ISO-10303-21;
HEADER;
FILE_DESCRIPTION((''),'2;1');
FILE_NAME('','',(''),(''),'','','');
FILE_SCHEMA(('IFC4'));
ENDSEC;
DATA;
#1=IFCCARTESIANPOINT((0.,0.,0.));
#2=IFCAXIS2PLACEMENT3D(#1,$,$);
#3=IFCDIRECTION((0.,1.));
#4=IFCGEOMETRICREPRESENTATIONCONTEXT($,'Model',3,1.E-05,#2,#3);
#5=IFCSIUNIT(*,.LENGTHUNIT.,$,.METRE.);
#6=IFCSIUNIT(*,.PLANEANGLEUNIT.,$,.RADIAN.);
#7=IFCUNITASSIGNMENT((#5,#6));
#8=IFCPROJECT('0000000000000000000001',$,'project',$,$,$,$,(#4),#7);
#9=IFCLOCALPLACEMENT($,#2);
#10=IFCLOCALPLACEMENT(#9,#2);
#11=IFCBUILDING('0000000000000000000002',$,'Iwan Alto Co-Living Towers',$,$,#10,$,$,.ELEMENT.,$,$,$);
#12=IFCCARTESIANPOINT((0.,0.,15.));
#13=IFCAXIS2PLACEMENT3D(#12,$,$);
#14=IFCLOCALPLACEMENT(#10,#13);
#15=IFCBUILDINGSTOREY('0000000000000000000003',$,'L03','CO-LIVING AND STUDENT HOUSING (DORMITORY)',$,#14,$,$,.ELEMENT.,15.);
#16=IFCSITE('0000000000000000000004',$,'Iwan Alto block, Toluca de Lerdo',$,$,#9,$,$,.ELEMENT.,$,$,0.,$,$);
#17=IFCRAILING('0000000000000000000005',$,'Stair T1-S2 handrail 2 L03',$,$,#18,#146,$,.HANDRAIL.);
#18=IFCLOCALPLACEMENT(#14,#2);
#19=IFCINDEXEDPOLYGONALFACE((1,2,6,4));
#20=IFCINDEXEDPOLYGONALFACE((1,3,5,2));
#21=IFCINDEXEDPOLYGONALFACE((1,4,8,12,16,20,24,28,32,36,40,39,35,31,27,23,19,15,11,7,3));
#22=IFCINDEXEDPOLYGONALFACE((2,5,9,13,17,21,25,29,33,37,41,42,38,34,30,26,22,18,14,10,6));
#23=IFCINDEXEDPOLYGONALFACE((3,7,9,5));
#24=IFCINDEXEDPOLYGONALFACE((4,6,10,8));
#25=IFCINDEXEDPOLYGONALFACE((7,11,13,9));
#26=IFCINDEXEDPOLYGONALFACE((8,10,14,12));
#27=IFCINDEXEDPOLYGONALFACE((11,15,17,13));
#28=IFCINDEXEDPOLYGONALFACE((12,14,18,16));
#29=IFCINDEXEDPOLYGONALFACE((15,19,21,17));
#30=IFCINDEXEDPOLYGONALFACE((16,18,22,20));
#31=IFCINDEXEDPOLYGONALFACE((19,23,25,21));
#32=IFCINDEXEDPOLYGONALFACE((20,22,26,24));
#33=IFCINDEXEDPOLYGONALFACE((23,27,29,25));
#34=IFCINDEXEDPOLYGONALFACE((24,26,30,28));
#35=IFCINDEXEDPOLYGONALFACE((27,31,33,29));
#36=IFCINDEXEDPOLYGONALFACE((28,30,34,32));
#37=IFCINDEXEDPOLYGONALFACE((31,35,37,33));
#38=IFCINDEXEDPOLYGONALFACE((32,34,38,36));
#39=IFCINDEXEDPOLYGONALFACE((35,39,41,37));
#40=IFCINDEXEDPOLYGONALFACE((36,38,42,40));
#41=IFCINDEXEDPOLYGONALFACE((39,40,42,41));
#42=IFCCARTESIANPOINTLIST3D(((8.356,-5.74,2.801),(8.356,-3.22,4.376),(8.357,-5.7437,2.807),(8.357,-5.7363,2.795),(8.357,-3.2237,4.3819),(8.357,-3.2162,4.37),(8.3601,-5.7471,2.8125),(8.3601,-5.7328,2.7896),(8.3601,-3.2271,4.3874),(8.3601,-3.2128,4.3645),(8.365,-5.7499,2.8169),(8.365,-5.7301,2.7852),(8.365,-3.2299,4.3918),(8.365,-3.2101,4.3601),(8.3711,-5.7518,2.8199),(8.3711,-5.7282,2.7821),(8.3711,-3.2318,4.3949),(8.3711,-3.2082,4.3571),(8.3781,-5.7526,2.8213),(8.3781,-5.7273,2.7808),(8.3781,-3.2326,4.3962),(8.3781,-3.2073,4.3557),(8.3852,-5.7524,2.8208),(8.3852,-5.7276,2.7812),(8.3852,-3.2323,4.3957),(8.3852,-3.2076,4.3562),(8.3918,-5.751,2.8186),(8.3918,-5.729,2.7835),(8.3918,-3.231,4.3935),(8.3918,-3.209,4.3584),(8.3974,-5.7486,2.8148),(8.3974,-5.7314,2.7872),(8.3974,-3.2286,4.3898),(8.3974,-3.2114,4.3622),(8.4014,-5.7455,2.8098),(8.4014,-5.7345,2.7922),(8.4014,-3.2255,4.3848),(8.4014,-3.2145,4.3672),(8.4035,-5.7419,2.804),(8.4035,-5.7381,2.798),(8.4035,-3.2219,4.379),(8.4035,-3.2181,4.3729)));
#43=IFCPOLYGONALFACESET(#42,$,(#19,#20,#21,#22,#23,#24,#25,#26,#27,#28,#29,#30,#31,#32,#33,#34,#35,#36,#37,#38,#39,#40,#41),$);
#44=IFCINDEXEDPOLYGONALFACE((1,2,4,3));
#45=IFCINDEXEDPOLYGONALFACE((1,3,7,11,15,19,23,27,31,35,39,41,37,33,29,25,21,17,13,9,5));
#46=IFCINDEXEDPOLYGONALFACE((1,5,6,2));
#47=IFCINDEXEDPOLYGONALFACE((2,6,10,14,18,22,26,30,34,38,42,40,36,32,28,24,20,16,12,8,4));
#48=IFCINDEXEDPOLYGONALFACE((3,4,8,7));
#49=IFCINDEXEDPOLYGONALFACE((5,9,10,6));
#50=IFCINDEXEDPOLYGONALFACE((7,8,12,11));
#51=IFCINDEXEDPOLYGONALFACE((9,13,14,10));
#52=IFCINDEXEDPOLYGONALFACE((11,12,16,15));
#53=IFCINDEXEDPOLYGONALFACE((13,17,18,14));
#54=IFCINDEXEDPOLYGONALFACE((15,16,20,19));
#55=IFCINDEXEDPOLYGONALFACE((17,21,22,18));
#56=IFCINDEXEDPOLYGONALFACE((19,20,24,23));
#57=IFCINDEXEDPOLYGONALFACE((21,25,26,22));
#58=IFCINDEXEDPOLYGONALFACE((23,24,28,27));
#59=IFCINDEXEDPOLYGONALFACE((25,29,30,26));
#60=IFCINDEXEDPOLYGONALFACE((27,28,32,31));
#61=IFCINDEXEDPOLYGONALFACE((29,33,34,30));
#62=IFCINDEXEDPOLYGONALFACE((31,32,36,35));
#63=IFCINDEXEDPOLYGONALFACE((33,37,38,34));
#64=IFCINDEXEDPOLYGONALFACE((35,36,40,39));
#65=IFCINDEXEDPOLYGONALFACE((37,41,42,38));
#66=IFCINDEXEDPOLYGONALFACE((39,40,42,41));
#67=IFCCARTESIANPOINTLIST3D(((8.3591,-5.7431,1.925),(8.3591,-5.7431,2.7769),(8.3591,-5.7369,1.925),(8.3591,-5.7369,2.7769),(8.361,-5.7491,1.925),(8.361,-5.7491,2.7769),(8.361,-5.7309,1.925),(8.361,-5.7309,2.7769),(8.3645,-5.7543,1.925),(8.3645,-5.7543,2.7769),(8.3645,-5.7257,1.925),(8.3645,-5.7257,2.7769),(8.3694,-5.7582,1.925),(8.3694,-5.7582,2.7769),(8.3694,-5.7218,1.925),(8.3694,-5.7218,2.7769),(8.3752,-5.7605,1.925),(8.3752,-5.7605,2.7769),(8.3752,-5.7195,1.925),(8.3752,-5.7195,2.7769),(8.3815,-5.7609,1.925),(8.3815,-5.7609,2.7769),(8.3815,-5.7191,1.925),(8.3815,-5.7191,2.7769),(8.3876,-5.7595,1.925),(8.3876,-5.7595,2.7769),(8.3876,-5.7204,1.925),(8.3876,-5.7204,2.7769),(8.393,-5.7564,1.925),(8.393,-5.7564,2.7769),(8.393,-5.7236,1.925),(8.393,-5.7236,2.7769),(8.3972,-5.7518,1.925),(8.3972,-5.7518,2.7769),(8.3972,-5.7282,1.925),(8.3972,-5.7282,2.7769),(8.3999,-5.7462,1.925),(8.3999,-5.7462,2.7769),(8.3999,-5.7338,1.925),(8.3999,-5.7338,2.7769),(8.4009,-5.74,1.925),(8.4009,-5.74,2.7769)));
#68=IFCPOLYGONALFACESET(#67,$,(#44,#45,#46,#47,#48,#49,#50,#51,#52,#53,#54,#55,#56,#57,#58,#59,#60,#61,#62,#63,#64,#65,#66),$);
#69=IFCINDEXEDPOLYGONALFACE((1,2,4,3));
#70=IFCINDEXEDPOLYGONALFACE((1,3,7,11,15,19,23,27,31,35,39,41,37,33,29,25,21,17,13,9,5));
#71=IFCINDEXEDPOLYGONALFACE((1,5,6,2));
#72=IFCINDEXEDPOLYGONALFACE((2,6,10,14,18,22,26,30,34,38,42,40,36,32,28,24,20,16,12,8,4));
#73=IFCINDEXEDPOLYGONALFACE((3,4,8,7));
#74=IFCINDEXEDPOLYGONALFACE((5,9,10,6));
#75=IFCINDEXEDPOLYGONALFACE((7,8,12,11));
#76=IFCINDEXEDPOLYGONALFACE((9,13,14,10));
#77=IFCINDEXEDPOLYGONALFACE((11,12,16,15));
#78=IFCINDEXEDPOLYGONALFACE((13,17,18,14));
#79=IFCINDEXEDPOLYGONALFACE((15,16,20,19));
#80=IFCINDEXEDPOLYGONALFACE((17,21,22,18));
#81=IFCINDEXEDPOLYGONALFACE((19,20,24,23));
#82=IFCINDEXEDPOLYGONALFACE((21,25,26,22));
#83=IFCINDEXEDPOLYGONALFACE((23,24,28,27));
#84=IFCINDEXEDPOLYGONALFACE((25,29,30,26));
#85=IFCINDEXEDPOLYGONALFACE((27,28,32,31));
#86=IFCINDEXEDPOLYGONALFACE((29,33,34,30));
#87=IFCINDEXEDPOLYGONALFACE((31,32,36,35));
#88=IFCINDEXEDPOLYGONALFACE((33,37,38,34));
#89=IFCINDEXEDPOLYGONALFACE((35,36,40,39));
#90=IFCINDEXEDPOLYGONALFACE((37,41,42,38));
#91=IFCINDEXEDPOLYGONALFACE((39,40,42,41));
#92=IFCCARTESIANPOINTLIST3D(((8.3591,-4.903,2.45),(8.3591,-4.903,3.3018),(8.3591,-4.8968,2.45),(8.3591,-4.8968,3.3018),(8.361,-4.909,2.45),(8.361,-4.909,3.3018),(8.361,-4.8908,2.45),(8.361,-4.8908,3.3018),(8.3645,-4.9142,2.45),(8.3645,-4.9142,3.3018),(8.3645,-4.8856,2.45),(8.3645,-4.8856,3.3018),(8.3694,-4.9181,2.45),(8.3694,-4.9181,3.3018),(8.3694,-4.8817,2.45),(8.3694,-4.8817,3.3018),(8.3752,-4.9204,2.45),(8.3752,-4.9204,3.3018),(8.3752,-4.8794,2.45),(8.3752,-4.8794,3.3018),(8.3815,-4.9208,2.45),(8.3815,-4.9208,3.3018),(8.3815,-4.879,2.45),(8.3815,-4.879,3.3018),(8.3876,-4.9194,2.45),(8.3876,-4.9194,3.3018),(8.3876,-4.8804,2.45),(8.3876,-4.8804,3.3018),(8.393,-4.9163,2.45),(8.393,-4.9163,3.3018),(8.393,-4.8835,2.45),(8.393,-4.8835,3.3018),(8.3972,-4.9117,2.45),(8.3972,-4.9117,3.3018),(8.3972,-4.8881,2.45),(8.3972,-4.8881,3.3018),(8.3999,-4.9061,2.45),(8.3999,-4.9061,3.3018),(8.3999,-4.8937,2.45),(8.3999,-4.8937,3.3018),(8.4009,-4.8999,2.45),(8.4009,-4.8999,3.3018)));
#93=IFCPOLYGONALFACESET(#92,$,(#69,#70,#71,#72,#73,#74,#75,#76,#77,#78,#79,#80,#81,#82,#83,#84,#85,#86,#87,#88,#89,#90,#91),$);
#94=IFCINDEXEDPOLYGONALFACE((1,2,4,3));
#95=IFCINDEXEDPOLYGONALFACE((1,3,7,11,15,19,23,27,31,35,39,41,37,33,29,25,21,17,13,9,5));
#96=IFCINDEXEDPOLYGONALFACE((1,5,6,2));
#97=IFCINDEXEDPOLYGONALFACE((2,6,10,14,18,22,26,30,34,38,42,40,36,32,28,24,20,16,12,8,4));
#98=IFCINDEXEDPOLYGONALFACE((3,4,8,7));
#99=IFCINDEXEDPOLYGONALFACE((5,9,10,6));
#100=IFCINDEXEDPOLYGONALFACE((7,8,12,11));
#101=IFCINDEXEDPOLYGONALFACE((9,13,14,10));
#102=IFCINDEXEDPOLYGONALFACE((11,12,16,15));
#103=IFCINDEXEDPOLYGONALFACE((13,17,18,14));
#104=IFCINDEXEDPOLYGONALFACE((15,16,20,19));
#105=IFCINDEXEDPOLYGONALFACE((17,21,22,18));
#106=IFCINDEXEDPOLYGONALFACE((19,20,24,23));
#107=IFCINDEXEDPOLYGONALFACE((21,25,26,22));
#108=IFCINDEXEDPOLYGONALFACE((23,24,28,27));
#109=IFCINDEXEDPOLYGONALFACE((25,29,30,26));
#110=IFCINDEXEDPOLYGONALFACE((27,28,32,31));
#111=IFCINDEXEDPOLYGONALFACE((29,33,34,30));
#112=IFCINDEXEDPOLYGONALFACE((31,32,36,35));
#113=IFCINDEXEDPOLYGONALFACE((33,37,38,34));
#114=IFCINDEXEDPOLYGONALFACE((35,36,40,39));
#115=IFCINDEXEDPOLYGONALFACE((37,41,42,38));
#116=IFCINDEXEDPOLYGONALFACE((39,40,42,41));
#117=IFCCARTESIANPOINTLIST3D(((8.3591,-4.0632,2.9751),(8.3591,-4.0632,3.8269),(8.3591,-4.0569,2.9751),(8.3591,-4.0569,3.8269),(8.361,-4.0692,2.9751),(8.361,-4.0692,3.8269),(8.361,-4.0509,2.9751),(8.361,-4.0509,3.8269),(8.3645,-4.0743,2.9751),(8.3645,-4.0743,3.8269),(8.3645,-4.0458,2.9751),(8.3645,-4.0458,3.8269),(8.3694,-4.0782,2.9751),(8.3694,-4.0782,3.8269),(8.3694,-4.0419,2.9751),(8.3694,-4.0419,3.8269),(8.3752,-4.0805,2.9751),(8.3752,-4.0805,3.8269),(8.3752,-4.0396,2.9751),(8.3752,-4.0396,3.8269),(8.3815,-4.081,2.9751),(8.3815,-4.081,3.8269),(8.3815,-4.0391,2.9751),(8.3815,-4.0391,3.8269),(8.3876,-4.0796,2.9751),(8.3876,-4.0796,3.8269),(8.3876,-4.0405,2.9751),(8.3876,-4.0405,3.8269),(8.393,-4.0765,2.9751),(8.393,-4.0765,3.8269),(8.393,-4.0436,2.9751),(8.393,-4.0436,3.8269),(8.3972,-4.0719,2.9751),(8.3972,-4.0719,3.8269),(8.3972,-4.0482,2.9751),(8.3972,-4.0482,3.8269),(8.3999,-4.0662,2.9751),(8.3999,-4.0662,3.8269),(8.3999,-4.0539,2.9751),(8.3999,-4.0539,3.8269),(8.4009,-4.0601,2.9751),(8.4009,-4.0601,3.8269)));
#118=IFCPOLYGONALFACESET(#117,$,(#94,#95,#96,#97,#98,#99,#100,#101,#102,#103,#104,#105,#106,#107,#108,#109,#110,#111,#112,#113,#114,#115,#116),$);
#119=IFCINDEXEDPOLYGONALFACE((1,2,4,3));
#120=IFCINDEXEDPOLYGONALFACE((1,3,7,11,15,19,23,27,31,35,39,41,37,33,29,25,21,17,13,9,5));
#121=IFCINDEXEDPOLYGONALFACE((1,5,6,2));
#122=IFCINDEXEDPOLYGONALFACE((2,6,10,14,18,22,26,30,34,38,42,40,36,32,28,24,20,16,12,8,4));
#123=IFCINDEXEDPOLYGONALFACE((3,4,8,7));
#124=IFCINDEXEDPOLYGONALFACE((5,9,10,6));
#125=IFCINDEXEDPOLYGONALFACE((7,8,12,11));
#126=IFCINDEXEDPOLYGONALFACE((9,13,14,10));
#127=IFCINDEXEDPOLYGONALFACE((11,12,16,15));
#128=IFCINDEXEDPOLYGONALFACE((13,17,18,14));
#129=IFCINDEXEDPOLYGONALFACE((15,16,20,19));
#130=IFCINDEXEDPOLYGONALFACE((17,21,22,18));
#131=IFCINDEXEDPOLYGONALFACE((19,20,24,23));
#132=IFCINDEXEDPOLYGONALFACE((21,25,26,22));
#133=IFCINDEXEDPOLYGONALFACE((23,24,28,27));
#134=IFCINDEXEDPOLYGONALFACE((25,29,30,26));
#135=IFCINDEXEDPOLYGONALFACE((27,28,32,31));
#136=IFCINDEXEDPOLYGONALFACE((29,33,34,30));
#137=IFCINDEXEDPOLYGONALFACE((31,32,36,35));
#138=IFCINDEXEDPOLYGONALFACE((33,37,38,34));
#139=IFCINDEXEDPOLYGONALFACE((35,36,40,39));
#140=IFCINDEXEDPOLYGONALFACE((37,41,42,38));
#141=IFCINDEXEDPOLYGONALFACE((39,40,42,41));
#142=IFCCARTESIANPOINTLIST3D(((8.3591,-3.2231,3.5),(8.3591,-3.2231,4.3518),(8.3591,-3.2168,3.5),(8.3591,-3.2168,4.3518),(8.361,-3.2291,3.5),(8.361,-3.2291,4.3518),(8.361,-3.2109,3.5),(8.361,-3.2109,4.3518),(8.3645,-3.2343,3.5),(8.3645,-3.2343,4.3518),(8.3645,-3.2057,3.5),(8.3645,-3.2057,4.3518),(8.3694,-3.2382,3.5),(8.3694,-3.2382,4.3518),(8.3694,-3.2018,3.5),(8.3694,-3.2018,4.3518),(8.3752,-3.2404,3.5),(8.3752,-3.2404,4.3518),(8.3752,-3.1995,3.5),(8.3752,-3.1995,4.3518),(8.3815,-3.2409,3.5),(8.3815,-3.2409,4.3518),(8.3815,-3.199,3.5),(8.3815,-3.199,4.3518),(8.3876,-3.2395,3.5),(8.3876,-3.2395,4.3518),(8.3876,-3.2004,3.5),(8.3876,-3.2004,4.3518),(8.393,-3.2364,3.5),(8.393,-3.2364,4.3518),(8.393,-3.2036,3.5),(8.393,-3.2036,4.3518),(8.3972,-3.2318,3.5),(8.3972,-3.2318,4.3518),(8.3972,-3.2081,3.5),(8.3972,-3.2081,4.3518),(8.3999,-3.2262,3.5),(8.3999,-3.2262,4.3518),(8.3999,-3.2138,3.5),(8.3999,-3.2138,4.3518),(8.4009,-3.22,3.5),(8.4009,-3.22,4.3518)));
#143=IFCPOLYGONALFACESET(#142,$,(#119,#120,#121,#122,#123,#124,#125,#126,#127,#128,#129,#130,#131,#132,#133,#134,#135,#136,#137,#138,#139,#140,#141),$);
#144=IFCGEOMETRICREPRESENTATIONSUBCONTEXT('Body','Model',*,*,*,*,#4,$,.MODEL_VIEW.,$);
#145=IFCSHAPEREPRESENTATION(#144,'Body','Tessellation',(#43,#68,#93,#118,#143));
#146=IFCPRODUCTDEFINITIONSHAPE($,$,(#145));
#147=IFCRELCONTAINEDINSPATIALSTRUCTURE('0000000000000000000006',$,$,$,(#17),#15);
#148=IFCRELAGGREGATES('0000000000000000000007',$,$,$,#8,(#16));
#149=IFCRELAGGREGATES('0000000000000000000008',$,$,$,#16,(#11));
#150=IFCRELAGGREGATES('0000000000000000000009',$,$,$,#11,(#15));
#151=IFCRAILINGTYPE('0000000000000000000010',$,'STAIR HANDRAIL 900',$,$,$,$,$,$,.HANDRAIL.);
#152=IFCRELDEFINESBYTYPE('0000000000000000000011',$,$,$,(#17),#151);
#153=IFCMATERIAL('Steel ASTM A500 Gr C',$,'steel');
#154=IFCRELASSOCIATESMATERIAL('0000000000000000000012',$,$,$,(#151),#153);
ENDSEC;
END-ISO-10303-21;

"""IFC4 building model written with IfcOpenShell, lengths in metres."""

from ifc_helpers import new_model, si_unit, direction, frame, origin, origin_2d, place, context, subcontext, project, spatial, circle, extrude, material, type_object, element, save


model = new_model("IFC4")

# Units and contexts
model_context = context("Model", 3, precision=1e-05, world=origin(), true_north=direction((0.0, 1.0)))
body_context = subcontext(model_context, "Body", "Model", "MODEL_VIEW")
ifc_project = project(units=[si_unit("LENGTHUNIT", "METRE"), si_unit("PLANEANGLEUNIT", "RADIAN")], contexts=[model_context])

# Site, building, storey
site_placement = place(None, origin())
site = spatial("IfcSite", under=ifc_project, at=site_placement, Name="Iwan Alto block, Toluca de Lerdo", CompositionType="ELEMENT", RefElevation=0.0)
building_placement = place(site_placement, origin())
building = spatial("IfcBuilding", under=site, at=building_placement, Name="Iwan Alto Co-Living Towers", CompositionType="ELEMENT")
storey_placement = place(building_placement, frame((0.0, 0.0, 15.0)))
storey = spatial("IfcBuildingStorey", under=building, at=storey_placement, Name="L03", Description="CO-LIVING AND STUDENT HOUSING (DORMITORY)", CompositionType="ELEMENT", Elevation=15.0)

# Railing
ifc_material_1 = material(Name="Steel ASTM A500 Gr C", Category="steel")
railing_type_1 = type_object("IfcRailingType", Name="STAIR HANDRAIL 900", PredefinedType="HANDRAIL", material=ifc_material_1)
railing_1_placement = place(storey_placement, frame((8.3799, -5.74, 1.925)))
element("IfcRailing", 1, at=railing_1_placement, inside=storey, type_object=railing_type_1, Name="Stair T1-S2 handrail 2 L03", PredefinedType="HANDRAIL", context=body_context, shape_type="SweptSolid", body=[
    extrude(circle(Radius=0.0239, at=origin_2d()), frame((0.0, 0.0, 0.876), z_axis=(0.0, 0.848008, 0.529984), x_axis=(-1.0, 0.0, 0.0)), (0.0, 0.0, 1.0), 2.9717),
    extrude(circle(Radius=0.021, at=origin_2d()), origin(), (0.0, 0.0, 1.0), 0.8518),
    extrude(circle(Radius=0.021, at=origin_2d()), frame((0.0, 0.8401, 0.5249)), (0.0, 0.0, 1.0), 0.8518),
    extrude(circle(Radius=0.021, at=origin_2d()), frame((0.0, 1.6799, 1.05)), (0.0, 0.0, 1.0), 0.8518),
    extrude(circle(Radius=0.021, at=origin_2d()), frame((0.0, 2.52, 1.575)), (0.0, 0.0, 1.0), 0.8518),
])

save(model, "model.ifc")
